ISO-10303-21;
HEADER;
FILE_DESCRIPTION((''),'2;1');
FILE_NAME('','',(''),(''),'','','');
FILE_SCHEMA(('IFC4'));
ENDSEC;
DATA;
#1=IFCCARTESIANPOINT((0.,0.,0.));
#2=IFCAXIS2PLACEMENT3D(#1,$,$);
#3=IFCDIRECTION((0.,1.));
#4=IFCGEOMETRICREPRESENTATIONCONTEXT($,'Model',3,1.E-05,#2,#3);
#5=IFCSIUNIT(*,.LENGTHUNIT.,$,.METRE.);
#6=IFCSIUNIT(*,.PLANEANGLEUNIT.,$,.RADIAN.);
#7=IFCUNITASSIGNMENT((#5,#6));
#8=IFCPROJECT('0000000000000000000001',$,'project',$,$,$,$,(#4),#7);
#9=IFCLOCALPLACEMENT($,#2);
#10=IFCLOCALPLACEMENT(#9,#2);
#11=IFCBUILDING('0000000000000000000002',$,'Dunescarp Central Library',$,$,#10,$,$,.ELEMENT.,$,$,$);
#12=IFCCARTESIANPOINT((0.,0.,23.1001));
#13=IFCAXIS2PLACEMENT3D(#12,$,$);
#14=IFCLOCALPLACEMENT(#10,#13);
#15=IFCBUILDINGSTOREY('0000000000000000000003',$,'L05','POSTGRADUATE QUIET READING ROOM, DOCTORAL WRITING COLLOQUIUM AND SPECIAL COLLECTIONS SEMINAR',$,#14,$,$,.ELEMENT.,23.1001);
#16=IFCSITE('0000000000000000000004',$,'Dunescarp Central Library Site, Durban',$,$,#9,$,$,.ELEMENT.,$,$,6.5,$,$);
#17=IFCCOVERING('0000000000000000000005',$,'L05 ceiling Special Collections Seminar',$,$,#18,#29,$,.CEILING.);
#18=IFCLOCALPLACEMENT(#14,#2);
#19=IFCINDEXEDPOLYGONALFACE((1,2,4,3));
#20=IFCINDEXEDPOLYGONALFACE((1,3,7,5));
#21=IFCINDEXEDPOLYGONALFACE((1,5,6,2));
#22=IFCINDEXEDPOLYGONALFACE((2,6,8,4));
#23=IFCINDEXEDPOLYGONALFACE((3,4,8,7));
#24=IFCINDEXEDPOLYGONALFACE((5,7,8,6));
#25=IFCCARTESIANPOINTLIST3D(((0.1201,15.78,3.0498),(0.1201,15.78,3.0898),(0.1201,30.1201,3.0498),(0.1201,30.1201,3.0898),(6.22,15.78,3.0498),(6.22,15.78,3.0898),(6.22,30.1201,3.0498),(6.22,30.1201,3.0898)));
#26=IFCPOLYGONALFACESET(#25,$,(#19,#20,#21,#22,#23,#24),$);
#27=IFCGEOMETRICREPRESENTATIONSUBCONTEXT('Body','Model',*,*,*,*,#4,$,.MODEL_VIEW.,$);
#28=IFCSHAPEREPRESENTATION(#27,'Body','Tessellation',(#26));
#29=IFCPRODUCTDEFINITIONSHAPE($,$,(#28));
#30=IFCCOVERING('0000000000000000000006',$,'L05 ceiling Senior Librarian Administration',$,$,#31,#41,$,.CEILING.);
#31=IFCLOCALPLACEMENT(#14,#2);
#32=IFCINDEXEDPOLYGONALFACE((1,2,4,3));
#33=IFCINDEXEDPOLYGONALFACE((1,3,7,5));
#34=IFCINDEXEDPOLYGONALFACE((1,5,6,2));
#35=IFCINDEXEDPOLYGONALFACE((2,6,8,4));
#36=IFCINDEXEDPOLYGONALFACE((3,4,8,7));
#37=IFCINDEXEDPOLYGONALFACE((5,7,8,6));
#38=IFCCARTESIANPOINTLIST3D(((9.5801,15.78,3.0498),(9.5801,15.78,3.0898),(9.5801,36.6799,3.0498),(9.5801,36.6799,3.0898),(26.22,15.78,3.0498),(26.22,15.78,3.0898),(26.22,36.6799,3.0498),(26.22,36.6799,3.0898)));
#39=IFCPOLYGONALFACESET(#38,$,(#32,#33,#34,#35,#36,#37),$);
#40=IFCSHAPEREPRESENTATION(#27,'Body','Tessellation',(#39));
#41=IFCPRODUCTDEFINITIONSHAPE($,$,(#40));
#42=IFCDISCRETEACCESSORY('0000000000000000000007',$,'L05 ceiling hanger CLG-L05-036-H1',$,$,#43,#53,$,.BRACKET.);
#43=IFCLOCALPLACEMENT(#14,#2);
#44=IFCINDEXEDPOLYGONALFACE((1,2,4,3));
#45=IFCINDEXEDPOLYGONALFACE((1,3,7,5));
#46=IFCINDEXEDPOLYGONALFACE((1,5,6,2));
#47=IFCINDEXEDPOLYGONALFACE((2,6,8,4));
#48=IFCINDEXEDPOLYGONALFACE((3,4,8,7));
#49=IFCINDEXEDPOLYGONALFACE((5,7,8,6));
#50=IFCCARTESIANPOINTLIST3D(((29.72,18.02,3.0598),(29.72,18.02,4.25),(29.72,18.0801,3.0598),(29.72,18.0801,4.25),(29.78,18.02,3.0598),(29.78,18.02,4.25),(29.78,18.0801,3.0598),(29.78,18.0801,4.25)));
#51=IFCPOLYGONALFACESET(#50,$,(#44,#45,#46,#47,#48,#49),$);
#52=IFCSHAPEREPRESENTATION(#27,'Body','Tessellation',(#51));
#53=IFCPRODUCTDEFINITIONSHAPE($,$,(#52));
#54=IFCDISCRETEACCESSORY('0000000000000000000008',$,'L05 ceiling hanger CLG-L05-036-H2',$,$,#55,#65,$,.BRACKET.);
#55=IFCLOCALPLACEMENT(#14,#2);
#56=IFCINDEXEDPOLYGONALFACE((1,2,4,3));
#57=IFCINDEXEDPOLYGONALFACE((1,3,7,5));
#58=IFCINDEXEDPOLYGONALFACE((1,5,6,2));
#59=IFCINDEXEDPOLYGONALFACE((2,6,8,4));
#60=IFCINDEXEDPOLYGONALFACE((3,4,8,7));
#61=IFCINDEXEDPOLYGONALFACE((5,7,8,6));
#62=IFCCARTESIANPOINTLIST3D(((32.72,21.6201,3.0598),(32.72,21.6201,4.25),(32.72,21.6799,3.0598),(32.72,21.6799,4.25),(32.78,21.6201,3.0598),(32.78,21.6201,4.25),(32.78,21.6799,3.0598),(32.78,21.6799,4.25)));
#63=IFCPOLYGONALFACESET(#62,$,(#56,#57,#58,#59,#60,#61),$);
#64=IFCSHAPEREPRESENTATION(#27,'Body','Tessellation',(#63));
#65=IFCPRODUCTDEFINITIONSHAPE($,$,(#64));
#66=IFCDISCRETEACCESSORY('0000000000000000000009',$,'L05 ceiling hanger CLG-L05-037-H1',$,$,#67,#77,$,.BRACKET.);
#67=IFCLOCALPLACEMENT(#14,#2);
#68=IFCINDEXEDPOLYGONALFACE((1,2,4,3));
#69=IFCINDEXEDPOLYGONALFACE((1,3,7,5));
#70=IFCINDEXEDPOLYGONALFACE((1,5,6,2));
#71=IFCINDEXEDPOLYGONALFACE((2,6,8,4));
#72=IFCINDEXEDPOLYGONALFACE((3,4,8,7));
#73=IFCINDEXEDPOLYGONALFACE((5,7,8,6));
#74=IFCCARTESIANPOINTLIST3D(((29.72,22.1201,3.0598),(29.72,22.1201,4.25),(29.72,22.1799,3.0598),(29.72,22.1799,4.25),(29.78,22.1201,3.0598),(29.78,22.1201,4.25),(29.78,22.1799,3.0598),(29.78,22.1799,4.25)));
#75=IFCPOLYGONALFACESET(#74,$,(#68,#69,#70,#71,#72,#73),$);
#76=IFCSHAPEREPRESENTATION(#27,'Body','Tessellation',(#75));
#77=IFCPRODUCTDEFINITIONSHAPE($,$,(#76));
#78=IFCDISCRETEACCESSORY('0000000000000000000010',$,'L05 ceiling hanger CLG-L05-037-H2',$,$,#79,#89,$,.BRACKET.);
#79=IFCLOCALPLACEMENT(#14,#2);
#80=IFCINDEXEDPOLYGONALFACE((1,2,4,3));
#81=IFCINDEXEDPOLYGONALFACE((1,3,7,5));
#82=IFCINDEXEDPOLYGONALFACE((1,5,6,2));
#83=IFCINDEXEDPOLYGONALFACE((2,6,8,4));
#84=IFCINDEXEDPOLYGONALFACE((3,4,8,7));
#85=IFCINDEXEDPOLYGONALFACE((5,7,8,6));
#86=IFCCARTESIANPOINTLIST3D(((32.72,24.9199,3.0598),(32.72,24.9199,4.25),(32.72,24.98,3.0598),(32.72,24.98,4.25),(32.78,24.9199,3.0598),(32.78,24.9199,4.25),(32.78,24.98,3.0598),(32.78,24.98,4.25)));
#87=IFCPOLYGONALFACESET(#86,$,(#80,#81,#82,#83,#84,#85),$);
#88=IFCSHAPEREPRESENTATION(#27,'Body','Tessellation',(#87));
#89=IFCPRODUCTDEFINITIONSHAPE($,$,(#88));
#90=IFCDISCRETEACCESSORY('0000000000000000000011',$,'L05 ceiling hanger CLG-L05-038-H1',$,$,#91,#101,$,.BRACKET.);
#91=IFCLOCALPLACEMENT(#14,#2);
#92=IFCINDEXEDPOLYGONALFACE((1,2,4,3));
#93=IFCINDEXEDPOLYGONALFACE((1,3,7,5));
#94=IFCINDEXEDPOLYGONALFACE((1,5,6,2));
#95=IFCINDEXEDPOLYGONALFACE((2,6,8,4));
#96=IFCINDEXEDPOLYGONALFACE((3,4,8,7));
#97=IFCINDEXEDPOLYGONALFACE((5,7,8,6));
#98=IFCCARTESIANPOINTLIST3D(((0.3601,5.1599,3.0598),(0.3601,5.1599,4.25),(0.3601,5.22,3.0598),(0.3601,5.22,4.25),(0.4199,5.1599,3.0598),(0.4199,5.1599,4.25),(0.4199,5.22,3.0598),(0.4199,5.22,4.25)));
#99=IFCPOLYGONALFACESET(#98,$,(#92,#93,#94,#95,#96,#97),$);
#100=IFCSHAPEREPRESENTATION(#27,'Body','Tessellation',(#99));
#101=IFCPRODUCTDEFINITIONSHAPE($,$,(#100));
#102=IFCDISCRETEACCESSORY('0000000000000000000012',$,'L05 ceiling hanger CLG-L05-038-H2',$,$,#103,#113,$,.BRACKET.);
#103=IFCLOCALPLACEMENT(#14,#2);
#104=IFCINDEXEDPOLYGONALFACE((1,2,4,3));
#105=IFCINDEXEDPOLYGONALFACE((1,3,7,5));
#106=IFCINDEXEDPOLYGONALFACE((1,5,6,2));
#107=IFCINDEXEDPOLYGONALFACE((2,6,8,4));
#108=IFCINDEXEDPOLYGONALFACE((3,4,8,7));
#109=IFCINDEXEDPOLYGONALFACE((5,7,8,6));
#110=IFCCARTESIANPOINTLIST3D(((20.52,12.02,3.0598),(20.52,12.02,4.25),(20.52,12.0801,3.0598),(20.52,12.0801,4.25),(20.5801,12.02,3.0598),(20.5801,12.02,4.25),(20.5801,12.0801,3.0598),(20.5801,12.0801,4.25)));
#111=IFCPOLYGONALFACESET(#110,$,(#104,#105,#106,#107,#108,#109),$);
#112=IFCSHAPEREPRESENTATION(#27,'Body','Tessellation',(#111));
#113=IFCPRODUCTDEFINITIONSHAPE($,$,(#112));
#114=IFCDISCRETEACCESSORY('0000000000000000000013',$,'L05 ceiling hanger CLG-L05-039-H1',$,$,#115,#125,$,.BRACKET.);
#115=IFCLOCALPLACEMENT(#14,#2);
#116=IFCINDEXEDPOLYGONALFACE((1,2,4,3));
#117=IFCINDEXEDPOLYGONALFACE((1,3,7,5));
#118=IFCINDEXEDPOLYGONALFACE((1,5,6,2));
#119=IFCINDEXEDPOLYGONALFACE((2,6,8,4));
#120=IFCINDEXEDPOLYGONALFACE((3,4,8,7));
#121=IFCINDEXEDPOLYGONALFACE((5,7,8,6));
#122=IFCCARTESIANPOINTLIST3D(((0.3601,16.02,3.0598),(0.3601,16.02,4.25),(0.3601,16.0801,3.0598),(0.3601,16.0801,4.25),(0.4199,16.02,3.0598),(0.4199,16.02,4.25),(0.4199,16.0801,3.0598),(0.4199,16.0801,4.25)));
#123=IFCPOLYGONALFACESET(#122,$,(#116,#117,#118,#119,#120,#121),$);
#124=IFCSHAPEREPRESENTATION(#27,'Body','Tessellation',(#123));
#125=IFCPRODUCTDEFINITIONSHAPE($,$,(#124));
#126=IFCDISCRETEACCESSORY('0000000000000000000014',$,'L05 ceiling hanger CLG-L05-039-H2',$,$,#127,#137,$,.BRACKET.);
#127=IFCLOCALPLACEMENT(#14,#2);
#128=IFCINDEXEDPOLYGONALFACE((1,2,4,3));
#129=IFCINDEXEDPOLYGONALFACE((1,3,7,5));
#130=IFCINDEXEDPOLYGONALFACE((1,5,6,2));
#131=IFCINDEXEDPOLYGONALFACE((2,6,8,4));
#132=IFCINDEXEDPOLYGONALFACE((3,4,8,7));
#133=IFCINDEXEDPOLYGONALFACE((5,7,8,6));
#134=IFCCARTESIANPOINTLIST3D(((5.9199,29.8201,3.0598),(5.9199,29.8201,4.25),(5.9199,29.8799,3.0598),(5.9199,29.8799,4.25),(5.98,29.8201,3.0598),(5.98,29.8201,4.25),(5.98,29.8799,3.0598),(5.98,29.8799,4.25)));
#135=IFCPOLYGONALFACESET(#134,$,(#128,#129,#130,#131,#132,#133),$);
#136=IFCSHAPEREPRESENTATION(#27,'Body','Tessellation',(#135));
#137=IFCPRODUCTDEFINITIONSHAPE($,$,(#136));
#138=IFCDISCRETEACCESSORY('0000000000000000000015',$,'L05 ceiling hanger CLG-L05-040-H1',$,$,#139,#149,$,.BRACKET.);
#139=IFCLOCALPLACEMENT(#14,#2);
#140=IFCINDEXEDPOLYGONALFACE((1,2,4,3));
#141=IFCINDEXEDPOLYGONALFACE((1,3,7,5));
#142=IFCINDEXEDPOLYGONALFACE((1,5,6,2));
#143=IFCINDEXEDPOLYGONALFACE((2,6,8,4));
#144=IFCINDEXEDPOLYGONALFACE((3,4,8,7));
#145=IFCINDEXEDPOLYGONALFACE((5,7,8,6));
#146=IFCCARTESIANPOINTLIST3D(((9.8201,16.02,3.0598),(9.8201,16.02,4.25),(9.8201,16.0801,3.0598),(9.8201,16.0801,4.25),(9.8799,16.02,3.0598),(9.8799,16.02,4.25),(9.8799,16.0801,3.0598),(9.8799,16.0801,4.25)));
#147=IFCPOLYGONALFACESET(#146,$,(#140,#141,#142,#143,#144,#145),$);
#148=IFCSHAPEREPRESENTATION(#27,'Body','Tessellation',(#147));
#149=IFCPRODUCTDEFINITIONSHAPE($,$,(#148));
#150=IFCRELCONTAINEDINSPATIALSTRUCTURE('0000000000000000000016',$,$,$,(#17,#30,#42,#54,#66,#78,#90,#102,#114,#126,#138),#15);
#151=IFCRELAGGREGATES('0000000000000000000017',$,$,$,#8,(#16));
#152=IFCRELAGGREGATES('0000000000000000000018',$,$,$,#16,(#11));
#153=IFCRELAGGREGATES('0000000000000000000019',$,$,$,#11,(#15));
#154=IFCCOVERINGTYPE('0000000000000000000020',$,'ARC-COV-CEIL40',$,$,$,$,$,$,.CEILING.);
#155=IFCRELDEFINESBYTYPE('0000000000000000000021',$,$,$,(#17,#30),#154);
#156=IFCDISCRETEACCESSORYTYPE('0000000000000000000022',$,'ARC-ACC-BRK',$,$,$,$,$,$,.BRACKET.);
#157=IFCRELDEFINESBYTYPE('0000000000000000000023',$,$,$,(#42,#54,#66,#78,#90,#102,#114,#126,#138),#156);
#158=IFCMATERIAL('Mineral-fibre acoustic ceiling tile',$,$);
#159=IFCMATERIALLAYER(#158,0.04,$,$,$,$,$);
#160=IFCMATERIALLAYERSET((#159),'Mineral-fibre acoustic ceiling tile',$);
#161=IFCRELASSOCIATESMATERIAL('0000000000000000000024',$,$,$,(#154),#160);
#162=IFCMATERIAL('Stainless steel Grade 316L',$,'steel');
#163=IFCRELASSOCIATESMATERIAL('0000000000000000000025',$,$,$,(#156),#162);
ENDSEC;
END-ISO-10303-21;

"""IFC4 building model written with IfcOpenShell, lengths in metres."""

from ifc_helpers import new_model, si_unit, direction, frame, origin, place, context, subcontext, project, spatial, polyline, outline, extrude, material, layer, layer_set, type_object, element, save


model = new_model("IFC4")

# Units and contexts
model_context = context("Model", 3, precision=1e-05, world=origin(), true_north=direction((0.0, 1.0)))
body_context = subcontext(model_context, "Body", "Model", "MODEL_VIEW")
ifc_project = project(units=[si_unit("LENGTHUNIT", "METRE"), si_unit("PLANEANGLEUNIT", "RADIAN")], contexts=[model_context])

# Site, building, storey
site_placement = place(None, origin())
site = spatial("IfcSite", under=ifc_project, at=site_placement, Name="Dunescarp Central Library Site, Durban", CompositionType="ELEMENT", RefElevation=6.5)
building_placement = place(site_placement, origin())
building = spatial("IfcBuilding", under=site, at=building_placement, Name="Dunescarp Central Library", CompositionType="ELEMENT")
storey_placement = place(building_placement, frame((0.0, 0.0, 23.1001)))
storey = spatial("IfcBuildingStorey", under=building, at=storey_placement, Name="L05", Description="POSTGRADUATE QUIET READING ROOM, DOCTORAL WRITING COLLOQUIUM AND SPECIAL COLLECTIONS SEMINAR", CompositionType="ELEMENT", Elevation=23.1001)

# Coverings
ifc_material_1 = material(Name="Mineral-fibre acoustic ceiling tile")
ifc_layer_1 = layer(ifc_material_1, 0.04)
ifc_layer_set_1 = layer_set([ifc_layer_1], Name="Mineral-fibre acoustic ceiling tile")
covering_type_1 = type_object("IfcCoveringType", Name="ARC-COV-CEIL40", PredefinedType="CEILING", material=ifc_layer_set_1)
covering_1_placement = place(storey_placement, frame((0.0, 0.0, 3.0498)))
element("IfcCovering", 1, at=covering_1_placement, inside=storey, type_object=covering_type_1, Name="L05 ceiling Special Collections Seminar", PredefinedType="CEILING", context=body_context, shape_type="SweptSolid", body=[
    extrude(outline(polyline([(0.1201, 15.78), (6.22, 15.78), (6.22, 30.1201), (0.1201, 30.1201), (0.1201, 15.78)])), origin(), (0.0, 0.0, 1.0), 0.04),
])
covering_2_placement = place(storey_placement, frame((0.0, 0.0, 3.0498)))
element("IfcCovering", 2, at=covering_2_placement, inside=storey, type_object=covering_type_1, Name="L05 ceiling Senior Librarian Administration", PredefinedType="CEILING", context=body_context, shape_type="SweptSolid", body=[
    extrude(outline(polyline([(9.5801, 15.78), (26.22, 15.78), (26.22, 36.6799), (9.5801, 36.6799), (9.5801, 15.78)])), origin(), (0.0, 0.0, 1.0), 0.04),
])

# Discrete accessories
ifc_material_2 = material(Name="Stainless steel Grade 316L", Category="steel")
discrete_accessory_type = type_object("IfcDiscreteAccessoryType", Name="ARC-ACC-BRK", PredefinedType="BRACKET", material=ifc_material_2)
discrete_accessory_1_placement = place(storey_placement, frame((0.0, 0.0, 3.0598)))
element("IfcDiscreteAccessory", 3, at=discrete_accessory_1_placement, inside=storey, type_object=discrete_accessory_type, Name="L05 ceiling hanger CLG-L05-036-H1", PredefinedType="BRACKET", context=body_context, shape_type="SweptSolid", body=[
    extrude(outline(polyline([(29.72, 18.02), (29.78, 18.02), (29.78, 18.0801), (29.72, 18.0801), (29.72, 18.02)])), origin(), (0.0, 0.0, 1.0), 1.1902),
])
discrete_accessory_2_placement = place(storey_placement, frame((0.0, 0.0, 3.0598)))
element("IfcDiscreteAccessory", 4, at=discrete_accessory_2_placement, inside=storey, type_object=discrete_accessory_type, Name="L05 ceiling hanger CLG-L05-036-H2", PredefinedType="BRACKET", context=body_context, shape_type="SweptSolid", body=[
    extrude(outline(polyline([(32.72, 21.6201), (32.78, 21.6201), (32.78, 21.6799), (32.72, 21.6799), (32.72, 21.6201)])), origin(), (0.0, 0.0, 1.0), 1.1902),
])
discrete_accessory_3_placement = place(storey_placement, frame((0.0, 0.0, 3.0598)))
element("IfcDiscreteAccessory", 5, at=discrete_accessory_3_placement, inside=storey, type_object=discrete_accessory_type, Name="L05 ceiling hanger CLG-L05-037-H1", PredefinedType="BRACKET", context=body_context, shape_type="SweptSolid", body=[
    extrude(outline(polyline([(29.72, 22.1201), (29.78, 22.1201), (29.78, 22.1799), (29.72, 22.1799), (29.72, 22.1201)])), origin(), (0.0, 0.0, 1.0), 1.1902),
])
discrete_accessory_4_placement = place(storey_placement, frame((0.0, 0.0, 3.0598)))
element("IfcDiscreteAccessory", 6, at=discrete_accessory_4_placement, inside=storey, type_object=discrete_accessory_type, Name="L05 ceiling hanger CLG-L05-037-H2", PredefinedType="BRACKET", context=body_context, shape_type="SweptSolid", body=[
    extrude(outline(polyline([(32.72, 24.9199), (32.78, 24.9199), (32.78, 24.98), (32.72, 24.98), (32.72, 24.9199)])), origin(), (0.0, 0.0, 1.0), 1.1902),
])
discrete_accessory_5_placement = place(storey_placement, frame((0.0, 0.0, 3.0598)))
element("IfcDiscreteAccessory", 7, at=discrete_accessory_5_placement, inside=storey, type_object=discrete_accessory_type, Name="L05 ceiling hanger CLG-L05-038-H1", PredefinedType="BRACKET", context=body_context, shape_type="SweptSolid", body=[
    extrude(outline(polyline([(0.3601, 5.1599), (0.4199, 5.1599), (0.4199, 5.22), (0.3601, 5.22), (0.3601, 5.1599)])), origin(), (0.0, 0.0, 1.0), 1.1902),
])
discrete_accessory_6_placement = place(storey_placement, frame((0.0, 0.0, 3.0598)))
element("IfcDiscreteAccessory", 8, at=discrete_accessory_6_placement, inside=storey, type_object=discrete_accessory_type, Name="L05 ceiling hanger CLG-L05-038-H2", PredefinedType="BRACKET", context=body_context, shape_type="SweptSolid", body=[
    extrude(outline(polyline([(20.52, 12.02), (20.5801, 12.02), (20.5801, 12.0801), (20.52, 12.0801), (20.52, 12.02)])), origin(), (0.0, 0.0, 1.0), 1.1902),
])
discrete_accessory_7_placement = place(storey_placement, frame((0.0, 0.0, 3.0598)))
element("IfcDiscreteAccessory", 9, at=discrete_accessory_7_placement, inside=storey, type_object=discrete_accessory_type, Name="L05 ceiling hanger CLG-L05-039-H1", PredefinedType="BRACKET", context=body_context, shape_type="SweptSolid", body=[
    extrude(outline(polyline([(0.3601, 16.02), (0.4199, 16.02), (0.4199, 16.0801), (0.3601, 16.0801), (0.3601, 16.02)])), origin(), (0.0, 0.0, 1.0), 1.1902),
])
discrete_accessory_8_placement = place(storey_placement, frame((0.0, 0.0, 3.0598)))
element("IfcDiscreteAccessory", 10, at=discrete_accessory_8_placement, inside=storey, type_object=discrete_accessory_type, Name="L05 ceiling hanger CLG-L05-039-H2", PredefinedType="BRACKET", context=body_context, shape_type="SweptSolid", body=[
    extrude(outline(polyline([(5.9199, 29.8201), (5.98, 29.8201), (5.98, 29.8799), (5.9199, 29.8799), (5.9199, 29.8201)])), origin(), (0.0, 0.0, 1.0), 1.1902),
])
discrete_accessory_9_placement = place(storey_placement, frame((0.0, 0.0, 3.0598)))
element("IfcDiscreteAccessory", 11, at=discrete_accessory_9_placement, inside=storey, type_object=discrete_accessory_type, Name="L05 ceiling hanger CLG-L05-040-H1", PredefinedType="BRACKET", context=body_context, shape_type="SweptSolid", body=[
    extrude(outline(polyline([(9.8201, 16.02), (9.8799, 16.02), (9.8799, 16.0801), (9.8201, 16.0801), (9.8201, 16.02)])), origin(), (0.0, 0.0, 1.0), 1.1902),
])

save(model, "model.ifc")
